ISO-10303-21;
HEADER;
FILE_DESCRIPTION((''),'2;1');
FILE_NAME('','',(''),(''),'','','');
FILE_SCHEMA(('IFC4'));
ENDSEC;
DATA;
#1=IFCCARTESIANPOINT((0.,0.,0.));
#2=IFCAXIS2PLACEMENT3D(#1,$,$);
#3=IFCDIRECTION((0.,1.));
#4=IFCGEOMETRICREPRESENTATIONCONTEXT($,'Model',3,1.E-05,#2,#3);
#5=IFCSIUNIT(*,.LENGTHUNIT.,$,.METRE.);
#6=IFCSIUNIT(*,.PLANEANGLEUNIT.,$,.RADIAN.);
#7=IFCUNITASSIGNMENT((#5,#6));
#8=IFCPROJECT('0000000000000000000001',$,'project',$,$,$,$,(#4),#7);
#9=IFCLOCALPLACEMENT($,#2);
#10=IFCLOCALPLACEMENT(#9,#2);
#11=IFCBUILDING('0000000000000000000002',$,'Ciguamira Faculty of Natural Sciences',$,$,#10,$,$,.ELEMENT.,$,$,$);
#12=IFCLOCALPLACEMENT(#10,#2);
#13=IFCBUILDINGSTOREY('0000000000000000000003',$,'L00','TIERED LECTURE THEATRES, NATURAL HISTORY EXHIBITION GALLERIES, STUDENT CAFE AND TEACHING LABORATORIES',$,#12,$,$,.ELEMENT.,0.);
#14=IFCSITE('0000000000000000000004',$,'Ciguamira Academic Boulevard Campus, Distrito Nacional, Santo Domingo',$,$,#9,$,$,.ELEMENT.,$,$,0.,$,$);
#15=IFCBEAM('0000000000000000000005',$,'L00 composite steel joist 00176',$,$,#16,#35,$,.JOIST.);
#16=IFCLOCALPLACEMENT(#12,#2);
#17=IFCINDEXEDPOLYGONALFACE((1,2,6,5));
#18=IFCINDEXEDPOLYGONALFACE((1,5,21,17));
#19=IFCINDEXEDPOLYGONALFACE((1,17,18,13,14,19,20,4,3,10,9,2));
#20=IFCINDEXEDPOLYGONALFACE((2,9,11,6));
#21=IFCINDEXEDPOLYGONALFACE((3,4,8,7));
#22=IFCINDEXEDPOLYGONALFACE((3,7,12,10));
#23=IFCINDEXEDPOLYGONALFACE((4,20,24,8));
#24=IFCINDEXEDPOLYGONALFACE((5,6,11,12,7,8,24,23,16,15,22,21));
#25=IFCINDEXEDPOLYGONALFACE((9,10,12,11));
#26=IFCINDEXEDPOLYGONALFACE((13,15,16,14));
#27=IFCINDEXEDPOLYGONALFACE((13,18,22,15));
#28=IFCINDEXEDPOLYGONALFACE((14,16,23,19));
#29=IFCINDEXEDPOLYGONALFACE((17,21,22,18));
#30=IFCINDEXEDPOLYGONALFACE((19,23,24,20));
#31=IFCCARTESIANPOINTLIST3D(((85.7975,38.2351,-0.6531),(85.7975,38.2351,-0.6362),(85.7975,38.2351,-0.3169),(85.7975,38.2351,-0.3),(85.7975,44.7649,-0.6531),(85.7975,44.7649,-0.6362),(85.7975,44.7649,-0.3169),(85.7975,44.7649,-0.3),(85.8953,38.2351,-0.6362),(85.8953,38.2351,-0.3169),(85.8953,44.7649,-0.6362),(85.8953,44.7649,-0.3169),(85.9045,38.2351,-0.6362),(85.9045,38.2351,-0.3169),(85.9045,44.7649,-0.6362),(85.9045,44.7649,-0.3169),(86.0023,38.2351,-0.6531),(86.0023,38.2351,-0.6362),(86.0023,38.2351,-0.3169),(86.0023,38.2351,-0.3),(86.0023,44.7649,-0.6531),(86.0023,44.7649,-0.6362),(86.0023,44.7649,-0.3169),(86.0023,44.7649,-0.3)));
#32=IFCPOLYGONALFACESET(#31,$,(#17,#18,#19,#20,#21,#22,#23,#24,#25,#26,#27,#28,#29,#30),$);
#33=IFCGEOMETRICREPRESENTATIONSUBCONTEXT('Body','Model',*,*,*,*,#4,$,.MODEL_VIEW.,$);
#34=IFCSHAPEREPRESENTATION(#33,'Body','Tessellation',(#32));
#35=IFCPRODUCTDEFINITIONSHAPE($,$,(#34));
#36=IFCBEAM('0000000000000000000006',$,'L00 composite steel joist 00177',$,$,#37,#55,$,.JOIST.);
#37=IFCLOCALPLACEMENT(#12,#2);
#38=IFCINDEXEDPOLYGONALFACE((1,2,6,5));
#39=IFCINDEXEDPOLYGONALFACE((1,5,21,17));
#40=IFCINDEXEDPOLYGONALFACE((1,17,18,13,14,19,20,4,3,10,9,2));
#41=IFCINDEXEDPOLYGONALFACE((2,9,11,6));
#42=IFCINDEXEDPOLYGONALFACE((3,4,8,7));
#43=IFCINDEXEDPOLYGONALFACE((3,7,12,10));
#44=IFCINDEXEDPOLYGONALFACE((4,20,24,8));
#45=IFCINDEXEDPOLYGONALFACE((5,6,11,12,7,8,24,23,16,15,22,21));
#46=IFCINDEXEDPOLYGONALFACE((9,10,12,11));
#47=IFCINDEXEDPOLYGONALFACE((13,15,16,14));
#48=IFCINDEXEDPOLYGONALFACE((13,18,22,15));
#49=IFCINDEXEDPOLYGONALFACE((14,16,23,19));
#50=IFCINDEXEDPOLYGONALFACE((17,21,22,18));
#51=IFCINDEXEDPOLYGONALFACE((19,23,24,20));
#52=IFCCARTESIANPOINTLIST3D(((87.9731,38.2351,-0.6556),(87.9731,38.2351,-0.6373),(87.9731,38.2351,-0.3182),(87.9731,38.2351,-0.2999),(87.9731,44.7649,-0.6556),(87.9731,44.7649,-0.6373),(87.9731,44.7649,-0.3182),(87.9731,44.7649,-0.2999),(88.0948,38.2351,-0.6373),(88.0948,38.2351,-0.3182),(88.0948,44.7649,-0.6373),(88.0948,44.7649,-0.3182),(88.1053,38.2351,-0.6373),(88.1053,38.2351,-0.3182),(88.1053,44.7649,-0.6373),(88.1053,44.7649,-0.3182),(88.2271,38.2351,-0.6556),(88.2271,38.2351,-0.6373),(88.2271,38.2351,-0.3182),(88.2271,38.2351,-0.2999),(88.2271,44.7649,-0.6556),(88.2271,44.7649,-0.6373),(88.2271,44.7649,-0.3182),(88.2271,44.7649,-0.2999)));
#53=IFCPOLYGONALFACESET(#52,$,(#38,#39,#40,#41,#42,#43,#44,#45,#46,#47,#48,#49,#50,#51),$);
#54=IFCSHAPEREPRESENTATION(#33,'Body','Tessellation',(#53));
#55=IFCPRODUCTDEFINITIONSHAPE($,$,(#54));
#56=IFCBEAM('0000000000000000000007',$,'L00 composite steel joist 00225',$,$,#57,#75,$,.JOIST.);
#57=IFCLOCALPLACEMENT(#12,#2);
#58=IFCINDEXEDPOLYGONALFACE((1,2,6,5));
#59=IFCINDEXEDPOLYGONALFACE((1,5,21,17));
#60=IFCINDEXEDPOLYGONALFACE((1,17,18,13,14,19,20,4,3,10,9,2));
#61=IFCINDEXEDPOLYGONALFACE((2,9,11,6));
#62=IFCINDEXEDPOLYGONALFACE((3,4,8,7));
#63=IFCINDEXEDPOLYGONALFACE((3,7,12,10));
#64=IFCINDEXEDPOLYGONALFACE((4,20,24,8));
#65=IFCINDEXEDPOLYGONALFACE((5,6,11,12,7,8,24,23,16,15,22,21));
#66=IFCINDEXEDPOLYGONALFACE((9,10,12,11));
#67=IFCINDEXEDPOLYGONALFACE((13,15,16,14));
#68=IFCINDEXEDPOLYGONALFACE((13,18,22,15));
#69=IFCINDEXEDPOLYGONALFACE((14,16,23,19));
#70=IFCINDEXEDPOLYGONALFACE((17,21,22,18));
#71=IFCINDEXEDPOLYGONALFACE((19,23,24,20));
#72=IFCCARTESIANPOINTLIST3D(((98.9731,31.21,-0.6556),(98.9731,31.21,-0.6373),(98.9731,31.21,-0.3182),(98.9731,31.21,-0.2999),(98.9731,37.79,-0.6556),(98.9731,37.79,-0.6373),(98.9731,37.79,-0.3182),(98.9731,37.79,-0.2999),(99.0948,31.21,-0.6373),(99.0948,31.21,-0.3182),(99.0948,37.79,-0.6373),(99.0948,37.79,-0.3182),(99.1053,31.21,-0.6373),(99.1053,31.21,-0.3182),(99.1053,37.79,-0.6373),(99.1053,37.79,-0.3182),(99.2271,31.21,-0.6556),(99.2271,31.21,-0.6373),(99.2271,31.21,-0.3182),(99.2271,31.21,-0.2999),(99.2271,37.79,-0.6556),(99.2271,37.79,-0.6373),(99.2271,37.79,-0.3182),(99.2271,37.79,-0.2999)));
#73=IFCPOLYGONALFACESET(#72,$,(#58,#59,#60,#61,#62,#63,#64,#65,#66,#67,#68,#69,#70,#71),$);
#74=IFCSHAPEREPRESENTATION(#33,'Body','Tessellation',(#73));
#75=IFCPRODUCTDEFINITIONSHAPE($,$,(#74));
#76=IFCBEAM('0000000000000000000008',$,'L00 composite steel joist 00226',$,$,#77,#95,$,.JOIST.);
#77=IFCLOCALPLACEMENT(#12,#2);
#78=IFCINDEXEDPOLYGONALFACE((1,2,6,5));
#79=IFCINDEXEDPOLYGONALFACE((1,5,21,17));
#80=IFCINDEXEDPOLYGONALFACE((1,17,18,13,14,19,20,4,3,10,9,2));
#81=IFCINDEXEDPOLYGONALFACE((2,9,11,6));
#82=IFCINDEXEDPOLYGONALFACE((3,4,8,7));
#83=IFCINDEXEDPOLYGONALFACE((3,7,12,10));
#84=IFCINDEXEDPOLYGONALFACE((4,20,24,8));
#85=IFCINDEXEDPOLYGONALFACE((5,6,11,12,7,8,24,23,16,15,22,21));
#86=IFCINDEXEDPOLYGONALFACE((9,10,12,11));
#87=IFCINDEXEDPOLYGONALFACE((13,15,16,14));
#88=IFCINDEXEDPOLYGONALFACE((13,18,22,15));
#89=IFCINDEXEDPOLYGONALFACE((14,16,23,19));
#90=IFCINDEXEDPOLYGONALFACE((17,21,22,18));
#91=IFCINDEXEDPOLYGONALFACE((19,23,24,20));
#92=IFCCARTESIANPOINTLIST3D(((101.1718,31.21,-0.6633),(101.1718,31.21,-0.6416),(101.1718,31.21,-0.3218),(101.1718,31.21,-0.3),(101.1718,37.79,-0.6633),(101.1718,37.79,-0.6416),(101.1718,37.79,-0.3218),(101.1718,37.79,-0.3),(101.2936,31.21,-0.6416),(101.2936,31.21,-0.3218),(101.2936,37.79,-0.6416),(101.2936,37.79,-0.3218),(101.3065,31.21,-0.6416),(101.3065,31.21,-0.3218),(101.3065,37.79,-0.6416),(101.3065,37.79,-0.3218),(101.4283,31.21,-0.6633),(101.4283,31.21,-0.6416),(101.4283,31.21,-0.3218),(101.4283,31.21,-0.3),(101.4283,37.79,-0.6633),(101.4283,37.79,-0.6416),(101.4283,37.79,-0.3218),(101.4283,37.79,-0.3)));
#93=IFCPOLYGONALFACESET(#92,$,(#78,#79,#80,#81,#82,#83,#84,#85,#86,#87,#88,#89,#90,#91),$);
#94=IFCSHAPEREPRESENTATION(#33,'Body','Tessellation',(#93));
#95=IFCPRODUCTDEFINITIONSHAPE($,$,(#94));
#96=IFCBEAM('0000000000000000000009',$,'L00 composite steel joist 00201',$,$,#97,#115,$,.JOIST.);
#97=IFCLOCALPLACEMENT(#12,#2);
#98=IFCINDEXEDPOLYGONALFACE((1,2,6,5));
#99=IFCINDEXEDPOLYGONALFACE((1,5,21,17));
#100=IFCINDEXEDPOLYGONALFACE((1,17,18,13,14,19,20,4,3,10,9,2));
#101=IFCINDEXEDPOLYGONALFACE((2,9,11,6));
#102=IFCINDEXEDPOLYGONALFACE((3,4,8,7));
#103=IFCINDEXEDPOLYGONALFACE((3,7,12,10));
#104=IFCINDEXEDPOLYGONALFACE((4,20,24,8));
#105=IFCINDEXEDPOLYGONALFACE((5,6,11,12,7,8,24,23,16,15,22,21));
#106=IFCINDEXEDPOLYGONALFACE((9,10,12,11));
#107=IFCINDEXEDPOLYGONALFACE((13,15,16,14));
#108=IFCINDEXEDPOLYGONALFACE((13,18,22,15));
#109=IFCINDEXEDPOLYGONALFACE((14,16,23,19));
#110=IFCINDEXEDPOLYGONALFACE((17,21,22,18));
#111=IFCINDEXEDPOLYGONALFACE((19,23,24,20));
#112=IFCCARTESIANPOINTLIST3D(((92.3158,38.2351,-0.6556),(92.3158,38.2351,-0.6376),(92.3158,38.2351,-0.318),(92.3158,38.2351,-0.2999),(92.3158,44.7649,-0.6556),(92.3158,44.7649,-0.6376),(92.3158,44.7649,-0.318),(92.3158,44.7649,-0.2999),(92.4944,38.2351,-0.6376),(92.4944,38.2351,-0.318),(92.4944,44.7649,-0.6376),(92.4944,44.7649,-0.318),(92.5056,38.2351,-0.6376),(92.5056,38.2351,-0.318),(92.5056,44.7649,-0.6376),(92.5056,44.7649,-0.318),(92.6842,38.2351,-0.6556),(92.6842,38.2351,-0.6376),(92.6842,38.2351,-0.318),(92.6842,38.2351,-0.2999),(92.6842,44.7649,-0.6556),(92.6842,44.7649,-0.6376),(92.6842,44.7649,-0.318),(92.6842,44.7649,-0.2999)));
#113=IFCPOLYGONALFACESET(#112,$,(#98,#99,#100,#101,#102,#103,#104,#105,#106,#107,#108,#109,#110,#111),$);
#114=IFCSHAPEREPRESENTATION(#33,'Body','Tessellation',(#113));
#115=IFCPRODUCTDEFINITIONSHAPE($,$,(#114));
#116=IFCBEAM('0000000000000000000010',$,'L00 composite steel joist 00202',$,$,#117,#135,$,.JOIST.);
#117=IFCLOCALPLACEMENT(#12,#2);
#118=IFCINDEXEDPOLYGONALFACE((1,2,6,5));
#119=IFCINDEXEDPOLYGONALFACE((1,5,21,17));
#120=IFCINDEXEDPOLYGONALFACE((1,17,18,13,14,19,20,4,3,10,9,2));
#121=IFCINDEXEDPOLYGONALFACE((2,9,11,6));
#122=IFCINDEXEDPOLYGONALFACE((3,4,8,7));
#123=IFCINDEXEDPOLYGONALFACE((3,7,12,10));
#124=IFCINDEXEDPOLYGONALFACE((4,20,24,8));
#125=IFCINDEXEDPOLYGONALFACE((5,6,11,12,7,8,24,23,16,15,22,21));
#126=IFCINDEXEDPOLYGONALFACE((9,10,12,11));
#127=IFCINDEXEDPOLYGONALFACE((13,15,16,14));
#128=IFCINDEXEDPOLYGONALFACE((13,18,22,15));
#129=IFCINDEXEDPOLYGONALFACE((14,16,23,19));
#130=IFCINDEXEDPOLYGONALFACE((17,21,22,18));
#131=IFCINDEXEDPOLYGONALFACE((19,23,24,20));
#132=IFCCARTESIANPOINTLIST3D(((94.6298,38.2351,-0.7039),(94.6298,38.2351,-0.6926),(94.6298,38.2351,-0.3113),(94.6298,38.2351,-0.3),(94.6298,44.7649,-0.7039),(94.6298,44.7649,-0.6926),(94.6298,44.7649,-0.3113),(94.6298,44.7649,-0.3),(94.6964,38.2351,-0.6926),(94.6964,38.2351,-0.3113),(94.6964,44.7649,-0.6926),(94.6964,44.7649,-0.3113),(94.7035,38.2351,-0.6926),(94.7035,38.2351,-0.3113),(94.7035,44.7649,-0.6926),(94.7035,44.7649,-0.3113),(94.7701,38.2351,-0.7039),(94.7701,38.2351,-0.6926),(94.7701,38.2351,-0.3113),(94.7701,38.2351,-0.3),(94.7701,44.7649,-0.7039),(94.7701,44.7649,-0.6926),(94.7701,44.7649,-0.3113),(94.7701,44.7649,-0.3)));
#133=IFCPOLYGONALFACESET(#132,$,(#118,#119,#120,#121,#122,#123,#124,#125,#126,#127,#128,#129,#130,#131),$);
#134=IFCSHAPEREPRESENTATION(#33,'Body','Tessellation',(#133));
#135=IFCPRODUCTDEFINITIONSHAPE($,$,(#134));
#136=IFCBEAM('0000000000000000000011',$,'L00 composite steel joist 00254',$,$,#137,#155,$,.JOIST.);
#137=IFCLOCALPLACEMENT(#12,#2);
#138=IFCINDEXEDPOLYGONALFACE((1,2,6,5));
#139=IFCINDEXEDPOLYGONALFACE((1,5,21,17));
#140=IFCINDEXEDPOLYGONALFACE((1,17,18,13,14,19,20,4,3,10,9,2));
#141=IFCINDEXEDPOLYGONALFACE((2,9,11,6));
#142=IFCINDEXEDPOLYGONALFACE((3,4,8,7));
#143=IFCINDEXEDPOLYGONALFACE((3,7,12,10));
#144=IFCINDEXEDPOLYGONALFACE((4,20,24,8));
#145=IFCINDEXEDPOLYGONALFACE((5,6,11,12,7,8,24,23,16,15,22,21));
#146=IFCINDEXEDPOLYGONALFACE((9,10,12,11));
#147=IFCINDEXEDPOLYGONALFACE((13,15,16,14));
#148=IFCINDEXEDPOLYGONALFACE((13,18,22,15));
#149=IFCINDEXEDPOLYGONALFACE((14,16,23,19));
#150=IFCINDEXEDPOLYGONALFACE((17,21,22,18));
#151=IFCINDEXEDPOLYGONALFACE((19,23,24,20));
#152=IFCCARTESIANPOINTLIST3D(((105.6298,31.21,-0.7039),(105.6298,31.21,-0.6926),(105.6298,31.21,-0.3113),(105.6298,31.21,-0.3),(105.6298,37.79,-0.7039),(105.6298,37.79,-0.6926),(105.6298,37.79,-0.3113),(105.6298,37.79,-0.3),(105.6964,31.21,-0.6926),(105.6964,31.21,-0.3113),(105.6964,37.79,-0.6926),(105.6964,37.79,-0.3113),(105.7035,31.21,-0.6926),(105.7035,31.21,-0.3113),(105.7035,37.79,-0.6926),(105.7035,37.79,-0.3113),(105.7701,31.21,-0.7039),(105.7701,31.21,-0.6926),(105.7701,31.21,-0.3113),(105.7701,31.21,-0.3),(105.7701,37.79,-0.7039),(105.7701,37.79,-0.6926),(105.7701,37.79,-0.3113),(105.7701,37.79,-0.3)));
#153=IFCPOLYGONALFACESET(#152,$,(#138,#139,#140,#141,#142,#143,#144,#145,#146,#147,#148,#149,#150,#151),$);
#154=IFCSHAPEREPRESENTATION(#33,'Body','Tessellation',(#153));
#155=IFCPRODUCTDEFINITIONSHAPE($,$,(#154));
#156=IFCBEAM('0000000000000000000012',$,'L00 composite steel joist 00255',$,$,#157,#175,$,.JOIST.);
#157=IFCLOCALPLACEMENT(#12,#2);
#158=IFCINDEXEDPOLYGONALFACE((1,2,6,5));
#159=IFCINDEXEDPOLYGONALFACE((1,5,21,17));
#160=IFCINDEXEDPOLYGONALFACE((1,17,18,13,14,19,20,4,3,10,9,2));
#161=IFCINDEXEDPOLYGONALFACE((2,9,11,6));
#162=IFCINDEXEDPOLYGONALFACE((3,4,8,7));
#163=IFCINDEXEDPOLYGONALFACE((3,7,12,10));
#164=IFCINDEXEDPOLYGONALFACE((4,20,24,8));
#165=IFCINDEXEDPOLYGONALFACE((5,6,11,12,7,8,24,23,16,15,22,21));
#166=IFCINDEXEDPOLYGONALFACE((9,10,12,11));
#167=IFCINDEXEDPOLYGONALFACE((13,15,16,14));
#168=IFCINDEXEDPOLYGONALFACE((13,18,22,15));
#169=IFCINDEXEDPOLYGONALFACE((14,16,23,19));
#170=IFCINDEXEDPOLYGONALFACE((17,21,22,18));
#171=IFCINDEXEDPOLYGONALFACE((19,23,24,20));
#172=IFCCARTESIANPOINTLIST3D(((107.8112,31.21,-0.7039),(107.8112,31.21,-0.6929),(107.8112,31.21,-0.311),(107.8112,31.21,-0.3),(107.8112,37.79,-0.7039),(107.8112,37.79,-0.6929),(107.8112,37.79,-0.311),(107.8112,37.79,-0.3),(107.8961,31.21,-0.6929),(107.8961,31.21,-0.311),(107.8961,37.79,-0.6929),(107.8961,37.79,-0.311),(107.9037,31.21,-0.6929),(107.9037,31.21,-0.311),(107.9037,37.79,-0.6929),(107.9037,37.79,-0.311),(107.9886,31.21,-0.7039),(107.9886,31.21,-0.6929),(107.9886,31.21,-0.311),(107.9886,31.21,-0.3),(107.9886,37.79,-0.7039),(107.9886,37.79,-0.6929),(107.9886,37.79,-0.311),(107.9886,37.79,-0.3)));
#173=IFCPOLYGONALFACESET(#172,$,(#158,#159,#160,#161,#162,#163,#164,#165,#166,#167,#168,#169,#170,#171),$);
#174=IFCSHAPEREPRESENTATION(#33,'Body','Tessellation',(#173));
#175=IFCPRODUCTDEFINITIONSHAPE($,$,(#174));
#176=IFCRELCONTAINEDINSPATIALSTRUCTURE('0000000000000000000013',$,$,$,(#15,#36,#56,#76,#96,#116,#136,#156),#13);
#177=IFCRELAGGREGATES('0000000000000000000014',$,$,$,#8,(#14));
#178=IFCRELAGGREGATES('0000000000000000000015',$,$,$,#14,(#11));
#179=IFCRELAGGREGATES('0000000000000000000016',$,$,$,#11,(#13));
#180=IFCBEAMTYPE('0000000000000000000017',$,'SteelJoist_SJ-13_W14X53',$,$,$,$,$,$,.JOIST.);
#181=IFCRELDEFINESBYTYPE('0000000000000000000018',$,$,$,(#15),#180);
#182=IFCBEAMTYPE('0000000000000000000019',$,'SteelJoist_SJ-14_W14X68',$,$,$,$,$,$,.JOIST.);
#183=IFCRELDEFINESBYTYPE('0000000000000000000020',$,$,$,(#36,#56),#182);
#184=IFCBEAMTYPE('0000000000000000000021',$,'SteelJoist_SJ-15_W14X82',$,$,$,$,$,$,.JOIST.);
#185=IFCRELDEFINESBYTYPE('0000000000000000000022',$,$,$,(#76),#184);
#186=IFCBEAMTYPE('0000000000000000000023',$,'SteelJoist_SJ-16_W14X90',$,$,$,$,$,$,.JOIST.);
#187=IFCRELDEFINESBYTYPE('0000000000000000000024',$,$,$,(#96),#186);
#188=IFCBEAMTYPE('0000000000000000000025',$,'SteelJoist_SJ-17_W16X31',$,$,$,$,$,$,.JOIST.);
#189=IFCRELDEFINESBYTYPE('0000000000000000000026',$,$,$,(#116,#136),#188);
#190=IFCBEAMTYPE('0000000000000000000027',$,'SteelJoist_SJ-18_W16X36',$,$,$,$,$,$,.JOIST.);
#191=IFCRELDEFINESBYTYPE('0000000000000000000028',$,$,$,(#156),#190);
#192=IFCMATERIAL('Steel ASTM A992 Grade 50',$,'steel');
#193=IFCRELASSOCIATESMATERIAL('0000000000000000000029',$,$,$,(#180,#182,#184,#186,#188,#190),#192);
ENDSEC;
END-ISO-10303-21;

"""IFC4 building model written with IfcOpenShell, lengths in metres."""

from ifc_helpers import new_model, si_unit, direction, frame, origin, origin_2d, place, context, subcontext, project, spatial, i_section, extrude, material, material_profile, profile_set, type_object, element, save


model = new_model("IFC4")

# Units and contexts
model_context = context("Model", 3, precision=1e-05, world=origin(), true_north=direction((0.0, 1.0)))
body_context = subcontext(model_context, "Body", "Model", "MODEL_VIEW")
ifc_project = project(units=[si_unit("LENGTHUNIT", "METRE"), si_unit("PLANEANGLEUNIT", "RADIAN")], contexts=[model_context])

# Site, building, storey
site_placement = place(None, origin())
site = spatial("IfcSite", under=ifc_project, at=site_placement, Name="Ciguamira Academic Boulevard Campus, Distrito Nacional, Santo Domingo", CompositionType="ELEMENT", RefElevation=0.0)
building_placement = place(site_placement, origin())
building = spatial("IfcBuilding", under=site, at=building_placement, Name="Ciguamira Faculty of Natural Sciences", CompositionType="ELEMENT")
storey_placement = place(building_placement, origin())
storey = spatial("IfcBuildingStorey", under=building, at=storey_placement, Name="L00", Description="TIERED LECTURE THEATRES, NATURAL HISTORY EXHIBITION GALLERIES, STUDENT CAFE AND TEACHING LABORATORIES", CompositionType="ELEMENT", Elevation=0.0)

# Beams
ifc_material_1 = material(Name="Steel ASTM A992 Grade 50", Category="steel")
ifc_material_profile_1 = material_profile(ifc_material_1, i_section(OverallWidth=0.2048, OverallDepth=0.353, WebThickness=0.0093, FlangeThickness=0.0168, at=origin_2d()), Name="W14X53")
ifc_profile_set_1 = profile_set([ifc_material_profile_1], Name="Steel ASTM A992 Grade 50")
beam_type_1 = type_object("IfcBeamType", Name="SteelJoist_SJ-13_W14X53", PredefinedType="JOIST", material=ifc_profile_set_1)
beam_1_placement = place(storey_placement, frame((85.8999, 38.2351, -0.4766), z_axis=(0.0, 1.0, 0.0), x_axis=(-1.0, 0.0, 0.0)))
element("IfcBeam", 1, at=beam_1_placement, inside=storey, type_object=beam_type_1, Name="L00 composite steel joist 00176", PredefinedType="JOIST", context=body_context, shape_type="SweptSolid", body=[
    extrude(i_section(OverallWidth=0.2048, OverallDepth=0.353, WebThickness=0.0093, FlangeThickness=0.0168, at=origin_2d()), origin(), (0.0, 0.0, 1.0), 6.5298),
])
ifc_material_profile_2 = material_profile(ifc_material_1, i_section(OverallWidth=0.2539, OverallDepth=0.3557, WebThickness=0.0105, FlangeThickness=0.0183, at=origin_2d()), Name="W14X68")
ifc_profile_set_2 = profile_set([ifc_material_profile_2], Name="Steel ASTM A992 Grade 50")
beam_type_2 = type_object("IfcBeamType", Name="SteelJoist_SJ-14_W14X68", PredefinedType="JOIST", material=ifc_profile_set_2)
beam_2_placement = place(storey_placement, frame((88.1001, 38.2351, -0.4778), z_axis=(0.0, 1.0, 0.0), x_axis=(-1.0, 0.0, 0.0)))
element("IfcBeam", 2, at=beam_2_placement, inside=storey, type_object=beam_type_2, Name="L00 composite steel joist 00177", PredefinedType="JOIST", context=body_context, shape_type="SweptSolid", body=[
    extrude(i_section(OverallWidth=0.2539, OverallDepth=0.3557, WebThickness=0.0105, FlangeThickness=0.0183, at=origin_2d()), origin(), (0.0, 0.0, 1.0), 6.5298),
])
beam_3_placement = place(storey_placement, frame((99.1001, 31.21, -0.4778), z_axis=(0.0, 1.0, 0.0), x_axis=(-1.0, 0.0, 0.0)))
element("IfcBeam", 3, at=beam_3_placement, inside=storey, type_object=beam_type_2, Name="L00 composite steel joist 00225", PredefinedType="JOIST", context=body_context, shape_type="SweptSolid", body=[
    extrude(i_section(OverallWidth=0.2539, OverallDepth=0.3557, WebThickness=0.0105, FlangeThickness=0.0183, at=origin_2d()), origin(), (0.0, 0.0, 1.0), 6.5801),
])
ifc_material_profile_3 = material_profile(ifc_material_1, i_section(OverallWidth=0.2566, OverallDepth=0.3633, WebThickness=0.0129, FlangeThickness=0.0217, at=origin_2d()), Name="W14X82")
ifc_profile_set_3 = profile_set([ifc_material_profile_3], Name="Steel ASTM A992 Grade 50")
beam_type_3 = type_object("IfcBeamType", Name="SteelJoist_SJ-15_W14X82", PredefinedType="JOIST", material=ifc_profile_set_3)
beam_4_placement = place(storey_placement, frame((101.3, 31.21, -0.4817), z_axis=(0.0, 1.0, 0.0), x_axis=(-1.0, 0.0, 0.0)))
element("IfcBeam", 4, at=beam_4_placement, inside=storey, type_object=beam_type_3, Name="L00 composite steel joist 00226", PredefinedType="JOIST", context=body_context, shape_type="SweptSolid", body=[
    extrude(i_section(OverallWidth=0.2566, OverallDepth=0.3633, WebThickness=0.0129, FlangeThickness=0.0217, at=origin_2d()), origin(), (0.0, 0.0, 1.0), 6.5801),
])
ifc_material_profile_4 = material_profile(ifc_material_1, i_section(OverallWidth=0.3684, OverallDepth=0.3557, WebThickness=0.0112, FlangeThickness=0.0181, at=origin_2d()), Name="W14X90")
ifc_profile_set_4 = profile_set([ifc_material_profile_4], Name="Steel ASTM A992 Grade 50")
beam_type_4 = type_object("IfcBeamType", Name="SteelJoist_SJ-16_W14X90", PredefinedType="JOIST", material=ifc_profile_set_4)
beam_5_placement = place(storey_placement, frame((92.5, 38.2351, -0.4778), z_axis=(0.0, 1.0, 0.0), x_axis=(-1.0, 0.0, 0.0)))
element("IfcBeam", 5, at=beam_5_placement, inside=storey, type_object=beam_type_4, Name="L00 composite steel joist 00201", PredefinedType="JOIST", context=body_context, shape_type="SweptSolid", body=[
    extrude(i_section(OverallWidth=0.3684, OverallDepth=0.3557, WebThickness=0.0112, FlangeThickness=0.0181, at=origin_2d()), origin(), (0.0, 0.0, 1.0), 6.5298),
])
ifc_material_profile_5 = material_profile(ifc_material_1, i_section(OverallWidth=0.1404, OverallDepth=0.4038, WebThickness=0.0071, FlangeThickness=0.0112, at=origin_2d()), Name="W16X31")
ifc_profile_set_5 = profile_set([ifc_material_profile_5], Name="Steel ASTM A992 Grade 50")
beam_type_5 = type_object("IfcBeamType", Name="SteelJoist_SJ-17_W16X31", PredefinedType="JOIST", material=ifc_profile_set_5)
beam_6_placement = place(storey_placement, frame((94.7, 38.2351, -0.502), z_axis=(0.0, 1.0, 0.0), x_axis=(-1.0, 0.0, 0.0)))
element("IfcBeam", 6, at=beam_6_placement, inside=storey, type_object=beam_type_5, Name="L00 composite steel joist 00202", PredefinedType="JOIST", context=body_context, shape_type="SweptSolid", body=[
    extrude(i_section(OverallWidth=0.1404, OverallDepth=0.4038, WebThickness=0.0071, FlangeThickness=0.0112, at=origin_2d()), origin(), (0.0, 0.0, 1.0), 6.5298),
])
beam_7_placement = place(storey_placement, frame((105.7, 31.21, -0.502), z_axis=(0.0, 1.0, 0.0), x_axis=(-1.0, 0.0, 0.0)))
element("IfcBeam", 7, at=beam_7_placement, inside=storey, type_object=beam_type_5, Name="L00 composite steel joist 00254", PredefinedType="JOIST", context=body_context, shape_type="SweptSolid", body=[
    extrude(i_section(OverallWidth=0.1404, OverallDepth=0.4038, WebThickness=0.0071, FlangeThickness=0.0112, at=origin_2d()), origin(), (0.0, 0.0, 1.0), 6.5801),
])
ifc_material_profile_6 = material_profile(ifc_material_1, i_section(OverallWidth=0.1775, OverallDepth=0.4038, WebThickness=0.0076, FlangeThickness=0.011, at=origin_2d()), Name="W16X36")
ifc_profile_set_6 = profile_set([ifc_material_profile_6], Name="Steel ASTM A992 Grade 50")
beam_type_6 = type_object("IfcBeamType", Name="SteelJoist_SJ-18_W16X36", PredefinedType="JOIST", material=ifc_profile_set_6)
beam_8_placement = place(storey_placement, frame((107.8999, 31.21, -0.502), z_axis=(0.0, 1.0, 0.0), x_axis=(-1.0, 0.0, 0.0)))
element("IfcBeam", 8, at=beam_8_placement, inside=storey, type_object=beam_type_6, Name="L00 composite steel joist 00255", PredefinedType="JOIST", context=body_context, shape_type="SweptSolid", body=[
    extrude(i_section(OverallWidth=0.1775, OverallDepth=0.4038, WebThickness=0.0076, FlangeThickness=0.011, at=origin_2d()), origin(), (0.0, 0.0, 1.0), 6.5801),
])

save(model, "model.ifc")
